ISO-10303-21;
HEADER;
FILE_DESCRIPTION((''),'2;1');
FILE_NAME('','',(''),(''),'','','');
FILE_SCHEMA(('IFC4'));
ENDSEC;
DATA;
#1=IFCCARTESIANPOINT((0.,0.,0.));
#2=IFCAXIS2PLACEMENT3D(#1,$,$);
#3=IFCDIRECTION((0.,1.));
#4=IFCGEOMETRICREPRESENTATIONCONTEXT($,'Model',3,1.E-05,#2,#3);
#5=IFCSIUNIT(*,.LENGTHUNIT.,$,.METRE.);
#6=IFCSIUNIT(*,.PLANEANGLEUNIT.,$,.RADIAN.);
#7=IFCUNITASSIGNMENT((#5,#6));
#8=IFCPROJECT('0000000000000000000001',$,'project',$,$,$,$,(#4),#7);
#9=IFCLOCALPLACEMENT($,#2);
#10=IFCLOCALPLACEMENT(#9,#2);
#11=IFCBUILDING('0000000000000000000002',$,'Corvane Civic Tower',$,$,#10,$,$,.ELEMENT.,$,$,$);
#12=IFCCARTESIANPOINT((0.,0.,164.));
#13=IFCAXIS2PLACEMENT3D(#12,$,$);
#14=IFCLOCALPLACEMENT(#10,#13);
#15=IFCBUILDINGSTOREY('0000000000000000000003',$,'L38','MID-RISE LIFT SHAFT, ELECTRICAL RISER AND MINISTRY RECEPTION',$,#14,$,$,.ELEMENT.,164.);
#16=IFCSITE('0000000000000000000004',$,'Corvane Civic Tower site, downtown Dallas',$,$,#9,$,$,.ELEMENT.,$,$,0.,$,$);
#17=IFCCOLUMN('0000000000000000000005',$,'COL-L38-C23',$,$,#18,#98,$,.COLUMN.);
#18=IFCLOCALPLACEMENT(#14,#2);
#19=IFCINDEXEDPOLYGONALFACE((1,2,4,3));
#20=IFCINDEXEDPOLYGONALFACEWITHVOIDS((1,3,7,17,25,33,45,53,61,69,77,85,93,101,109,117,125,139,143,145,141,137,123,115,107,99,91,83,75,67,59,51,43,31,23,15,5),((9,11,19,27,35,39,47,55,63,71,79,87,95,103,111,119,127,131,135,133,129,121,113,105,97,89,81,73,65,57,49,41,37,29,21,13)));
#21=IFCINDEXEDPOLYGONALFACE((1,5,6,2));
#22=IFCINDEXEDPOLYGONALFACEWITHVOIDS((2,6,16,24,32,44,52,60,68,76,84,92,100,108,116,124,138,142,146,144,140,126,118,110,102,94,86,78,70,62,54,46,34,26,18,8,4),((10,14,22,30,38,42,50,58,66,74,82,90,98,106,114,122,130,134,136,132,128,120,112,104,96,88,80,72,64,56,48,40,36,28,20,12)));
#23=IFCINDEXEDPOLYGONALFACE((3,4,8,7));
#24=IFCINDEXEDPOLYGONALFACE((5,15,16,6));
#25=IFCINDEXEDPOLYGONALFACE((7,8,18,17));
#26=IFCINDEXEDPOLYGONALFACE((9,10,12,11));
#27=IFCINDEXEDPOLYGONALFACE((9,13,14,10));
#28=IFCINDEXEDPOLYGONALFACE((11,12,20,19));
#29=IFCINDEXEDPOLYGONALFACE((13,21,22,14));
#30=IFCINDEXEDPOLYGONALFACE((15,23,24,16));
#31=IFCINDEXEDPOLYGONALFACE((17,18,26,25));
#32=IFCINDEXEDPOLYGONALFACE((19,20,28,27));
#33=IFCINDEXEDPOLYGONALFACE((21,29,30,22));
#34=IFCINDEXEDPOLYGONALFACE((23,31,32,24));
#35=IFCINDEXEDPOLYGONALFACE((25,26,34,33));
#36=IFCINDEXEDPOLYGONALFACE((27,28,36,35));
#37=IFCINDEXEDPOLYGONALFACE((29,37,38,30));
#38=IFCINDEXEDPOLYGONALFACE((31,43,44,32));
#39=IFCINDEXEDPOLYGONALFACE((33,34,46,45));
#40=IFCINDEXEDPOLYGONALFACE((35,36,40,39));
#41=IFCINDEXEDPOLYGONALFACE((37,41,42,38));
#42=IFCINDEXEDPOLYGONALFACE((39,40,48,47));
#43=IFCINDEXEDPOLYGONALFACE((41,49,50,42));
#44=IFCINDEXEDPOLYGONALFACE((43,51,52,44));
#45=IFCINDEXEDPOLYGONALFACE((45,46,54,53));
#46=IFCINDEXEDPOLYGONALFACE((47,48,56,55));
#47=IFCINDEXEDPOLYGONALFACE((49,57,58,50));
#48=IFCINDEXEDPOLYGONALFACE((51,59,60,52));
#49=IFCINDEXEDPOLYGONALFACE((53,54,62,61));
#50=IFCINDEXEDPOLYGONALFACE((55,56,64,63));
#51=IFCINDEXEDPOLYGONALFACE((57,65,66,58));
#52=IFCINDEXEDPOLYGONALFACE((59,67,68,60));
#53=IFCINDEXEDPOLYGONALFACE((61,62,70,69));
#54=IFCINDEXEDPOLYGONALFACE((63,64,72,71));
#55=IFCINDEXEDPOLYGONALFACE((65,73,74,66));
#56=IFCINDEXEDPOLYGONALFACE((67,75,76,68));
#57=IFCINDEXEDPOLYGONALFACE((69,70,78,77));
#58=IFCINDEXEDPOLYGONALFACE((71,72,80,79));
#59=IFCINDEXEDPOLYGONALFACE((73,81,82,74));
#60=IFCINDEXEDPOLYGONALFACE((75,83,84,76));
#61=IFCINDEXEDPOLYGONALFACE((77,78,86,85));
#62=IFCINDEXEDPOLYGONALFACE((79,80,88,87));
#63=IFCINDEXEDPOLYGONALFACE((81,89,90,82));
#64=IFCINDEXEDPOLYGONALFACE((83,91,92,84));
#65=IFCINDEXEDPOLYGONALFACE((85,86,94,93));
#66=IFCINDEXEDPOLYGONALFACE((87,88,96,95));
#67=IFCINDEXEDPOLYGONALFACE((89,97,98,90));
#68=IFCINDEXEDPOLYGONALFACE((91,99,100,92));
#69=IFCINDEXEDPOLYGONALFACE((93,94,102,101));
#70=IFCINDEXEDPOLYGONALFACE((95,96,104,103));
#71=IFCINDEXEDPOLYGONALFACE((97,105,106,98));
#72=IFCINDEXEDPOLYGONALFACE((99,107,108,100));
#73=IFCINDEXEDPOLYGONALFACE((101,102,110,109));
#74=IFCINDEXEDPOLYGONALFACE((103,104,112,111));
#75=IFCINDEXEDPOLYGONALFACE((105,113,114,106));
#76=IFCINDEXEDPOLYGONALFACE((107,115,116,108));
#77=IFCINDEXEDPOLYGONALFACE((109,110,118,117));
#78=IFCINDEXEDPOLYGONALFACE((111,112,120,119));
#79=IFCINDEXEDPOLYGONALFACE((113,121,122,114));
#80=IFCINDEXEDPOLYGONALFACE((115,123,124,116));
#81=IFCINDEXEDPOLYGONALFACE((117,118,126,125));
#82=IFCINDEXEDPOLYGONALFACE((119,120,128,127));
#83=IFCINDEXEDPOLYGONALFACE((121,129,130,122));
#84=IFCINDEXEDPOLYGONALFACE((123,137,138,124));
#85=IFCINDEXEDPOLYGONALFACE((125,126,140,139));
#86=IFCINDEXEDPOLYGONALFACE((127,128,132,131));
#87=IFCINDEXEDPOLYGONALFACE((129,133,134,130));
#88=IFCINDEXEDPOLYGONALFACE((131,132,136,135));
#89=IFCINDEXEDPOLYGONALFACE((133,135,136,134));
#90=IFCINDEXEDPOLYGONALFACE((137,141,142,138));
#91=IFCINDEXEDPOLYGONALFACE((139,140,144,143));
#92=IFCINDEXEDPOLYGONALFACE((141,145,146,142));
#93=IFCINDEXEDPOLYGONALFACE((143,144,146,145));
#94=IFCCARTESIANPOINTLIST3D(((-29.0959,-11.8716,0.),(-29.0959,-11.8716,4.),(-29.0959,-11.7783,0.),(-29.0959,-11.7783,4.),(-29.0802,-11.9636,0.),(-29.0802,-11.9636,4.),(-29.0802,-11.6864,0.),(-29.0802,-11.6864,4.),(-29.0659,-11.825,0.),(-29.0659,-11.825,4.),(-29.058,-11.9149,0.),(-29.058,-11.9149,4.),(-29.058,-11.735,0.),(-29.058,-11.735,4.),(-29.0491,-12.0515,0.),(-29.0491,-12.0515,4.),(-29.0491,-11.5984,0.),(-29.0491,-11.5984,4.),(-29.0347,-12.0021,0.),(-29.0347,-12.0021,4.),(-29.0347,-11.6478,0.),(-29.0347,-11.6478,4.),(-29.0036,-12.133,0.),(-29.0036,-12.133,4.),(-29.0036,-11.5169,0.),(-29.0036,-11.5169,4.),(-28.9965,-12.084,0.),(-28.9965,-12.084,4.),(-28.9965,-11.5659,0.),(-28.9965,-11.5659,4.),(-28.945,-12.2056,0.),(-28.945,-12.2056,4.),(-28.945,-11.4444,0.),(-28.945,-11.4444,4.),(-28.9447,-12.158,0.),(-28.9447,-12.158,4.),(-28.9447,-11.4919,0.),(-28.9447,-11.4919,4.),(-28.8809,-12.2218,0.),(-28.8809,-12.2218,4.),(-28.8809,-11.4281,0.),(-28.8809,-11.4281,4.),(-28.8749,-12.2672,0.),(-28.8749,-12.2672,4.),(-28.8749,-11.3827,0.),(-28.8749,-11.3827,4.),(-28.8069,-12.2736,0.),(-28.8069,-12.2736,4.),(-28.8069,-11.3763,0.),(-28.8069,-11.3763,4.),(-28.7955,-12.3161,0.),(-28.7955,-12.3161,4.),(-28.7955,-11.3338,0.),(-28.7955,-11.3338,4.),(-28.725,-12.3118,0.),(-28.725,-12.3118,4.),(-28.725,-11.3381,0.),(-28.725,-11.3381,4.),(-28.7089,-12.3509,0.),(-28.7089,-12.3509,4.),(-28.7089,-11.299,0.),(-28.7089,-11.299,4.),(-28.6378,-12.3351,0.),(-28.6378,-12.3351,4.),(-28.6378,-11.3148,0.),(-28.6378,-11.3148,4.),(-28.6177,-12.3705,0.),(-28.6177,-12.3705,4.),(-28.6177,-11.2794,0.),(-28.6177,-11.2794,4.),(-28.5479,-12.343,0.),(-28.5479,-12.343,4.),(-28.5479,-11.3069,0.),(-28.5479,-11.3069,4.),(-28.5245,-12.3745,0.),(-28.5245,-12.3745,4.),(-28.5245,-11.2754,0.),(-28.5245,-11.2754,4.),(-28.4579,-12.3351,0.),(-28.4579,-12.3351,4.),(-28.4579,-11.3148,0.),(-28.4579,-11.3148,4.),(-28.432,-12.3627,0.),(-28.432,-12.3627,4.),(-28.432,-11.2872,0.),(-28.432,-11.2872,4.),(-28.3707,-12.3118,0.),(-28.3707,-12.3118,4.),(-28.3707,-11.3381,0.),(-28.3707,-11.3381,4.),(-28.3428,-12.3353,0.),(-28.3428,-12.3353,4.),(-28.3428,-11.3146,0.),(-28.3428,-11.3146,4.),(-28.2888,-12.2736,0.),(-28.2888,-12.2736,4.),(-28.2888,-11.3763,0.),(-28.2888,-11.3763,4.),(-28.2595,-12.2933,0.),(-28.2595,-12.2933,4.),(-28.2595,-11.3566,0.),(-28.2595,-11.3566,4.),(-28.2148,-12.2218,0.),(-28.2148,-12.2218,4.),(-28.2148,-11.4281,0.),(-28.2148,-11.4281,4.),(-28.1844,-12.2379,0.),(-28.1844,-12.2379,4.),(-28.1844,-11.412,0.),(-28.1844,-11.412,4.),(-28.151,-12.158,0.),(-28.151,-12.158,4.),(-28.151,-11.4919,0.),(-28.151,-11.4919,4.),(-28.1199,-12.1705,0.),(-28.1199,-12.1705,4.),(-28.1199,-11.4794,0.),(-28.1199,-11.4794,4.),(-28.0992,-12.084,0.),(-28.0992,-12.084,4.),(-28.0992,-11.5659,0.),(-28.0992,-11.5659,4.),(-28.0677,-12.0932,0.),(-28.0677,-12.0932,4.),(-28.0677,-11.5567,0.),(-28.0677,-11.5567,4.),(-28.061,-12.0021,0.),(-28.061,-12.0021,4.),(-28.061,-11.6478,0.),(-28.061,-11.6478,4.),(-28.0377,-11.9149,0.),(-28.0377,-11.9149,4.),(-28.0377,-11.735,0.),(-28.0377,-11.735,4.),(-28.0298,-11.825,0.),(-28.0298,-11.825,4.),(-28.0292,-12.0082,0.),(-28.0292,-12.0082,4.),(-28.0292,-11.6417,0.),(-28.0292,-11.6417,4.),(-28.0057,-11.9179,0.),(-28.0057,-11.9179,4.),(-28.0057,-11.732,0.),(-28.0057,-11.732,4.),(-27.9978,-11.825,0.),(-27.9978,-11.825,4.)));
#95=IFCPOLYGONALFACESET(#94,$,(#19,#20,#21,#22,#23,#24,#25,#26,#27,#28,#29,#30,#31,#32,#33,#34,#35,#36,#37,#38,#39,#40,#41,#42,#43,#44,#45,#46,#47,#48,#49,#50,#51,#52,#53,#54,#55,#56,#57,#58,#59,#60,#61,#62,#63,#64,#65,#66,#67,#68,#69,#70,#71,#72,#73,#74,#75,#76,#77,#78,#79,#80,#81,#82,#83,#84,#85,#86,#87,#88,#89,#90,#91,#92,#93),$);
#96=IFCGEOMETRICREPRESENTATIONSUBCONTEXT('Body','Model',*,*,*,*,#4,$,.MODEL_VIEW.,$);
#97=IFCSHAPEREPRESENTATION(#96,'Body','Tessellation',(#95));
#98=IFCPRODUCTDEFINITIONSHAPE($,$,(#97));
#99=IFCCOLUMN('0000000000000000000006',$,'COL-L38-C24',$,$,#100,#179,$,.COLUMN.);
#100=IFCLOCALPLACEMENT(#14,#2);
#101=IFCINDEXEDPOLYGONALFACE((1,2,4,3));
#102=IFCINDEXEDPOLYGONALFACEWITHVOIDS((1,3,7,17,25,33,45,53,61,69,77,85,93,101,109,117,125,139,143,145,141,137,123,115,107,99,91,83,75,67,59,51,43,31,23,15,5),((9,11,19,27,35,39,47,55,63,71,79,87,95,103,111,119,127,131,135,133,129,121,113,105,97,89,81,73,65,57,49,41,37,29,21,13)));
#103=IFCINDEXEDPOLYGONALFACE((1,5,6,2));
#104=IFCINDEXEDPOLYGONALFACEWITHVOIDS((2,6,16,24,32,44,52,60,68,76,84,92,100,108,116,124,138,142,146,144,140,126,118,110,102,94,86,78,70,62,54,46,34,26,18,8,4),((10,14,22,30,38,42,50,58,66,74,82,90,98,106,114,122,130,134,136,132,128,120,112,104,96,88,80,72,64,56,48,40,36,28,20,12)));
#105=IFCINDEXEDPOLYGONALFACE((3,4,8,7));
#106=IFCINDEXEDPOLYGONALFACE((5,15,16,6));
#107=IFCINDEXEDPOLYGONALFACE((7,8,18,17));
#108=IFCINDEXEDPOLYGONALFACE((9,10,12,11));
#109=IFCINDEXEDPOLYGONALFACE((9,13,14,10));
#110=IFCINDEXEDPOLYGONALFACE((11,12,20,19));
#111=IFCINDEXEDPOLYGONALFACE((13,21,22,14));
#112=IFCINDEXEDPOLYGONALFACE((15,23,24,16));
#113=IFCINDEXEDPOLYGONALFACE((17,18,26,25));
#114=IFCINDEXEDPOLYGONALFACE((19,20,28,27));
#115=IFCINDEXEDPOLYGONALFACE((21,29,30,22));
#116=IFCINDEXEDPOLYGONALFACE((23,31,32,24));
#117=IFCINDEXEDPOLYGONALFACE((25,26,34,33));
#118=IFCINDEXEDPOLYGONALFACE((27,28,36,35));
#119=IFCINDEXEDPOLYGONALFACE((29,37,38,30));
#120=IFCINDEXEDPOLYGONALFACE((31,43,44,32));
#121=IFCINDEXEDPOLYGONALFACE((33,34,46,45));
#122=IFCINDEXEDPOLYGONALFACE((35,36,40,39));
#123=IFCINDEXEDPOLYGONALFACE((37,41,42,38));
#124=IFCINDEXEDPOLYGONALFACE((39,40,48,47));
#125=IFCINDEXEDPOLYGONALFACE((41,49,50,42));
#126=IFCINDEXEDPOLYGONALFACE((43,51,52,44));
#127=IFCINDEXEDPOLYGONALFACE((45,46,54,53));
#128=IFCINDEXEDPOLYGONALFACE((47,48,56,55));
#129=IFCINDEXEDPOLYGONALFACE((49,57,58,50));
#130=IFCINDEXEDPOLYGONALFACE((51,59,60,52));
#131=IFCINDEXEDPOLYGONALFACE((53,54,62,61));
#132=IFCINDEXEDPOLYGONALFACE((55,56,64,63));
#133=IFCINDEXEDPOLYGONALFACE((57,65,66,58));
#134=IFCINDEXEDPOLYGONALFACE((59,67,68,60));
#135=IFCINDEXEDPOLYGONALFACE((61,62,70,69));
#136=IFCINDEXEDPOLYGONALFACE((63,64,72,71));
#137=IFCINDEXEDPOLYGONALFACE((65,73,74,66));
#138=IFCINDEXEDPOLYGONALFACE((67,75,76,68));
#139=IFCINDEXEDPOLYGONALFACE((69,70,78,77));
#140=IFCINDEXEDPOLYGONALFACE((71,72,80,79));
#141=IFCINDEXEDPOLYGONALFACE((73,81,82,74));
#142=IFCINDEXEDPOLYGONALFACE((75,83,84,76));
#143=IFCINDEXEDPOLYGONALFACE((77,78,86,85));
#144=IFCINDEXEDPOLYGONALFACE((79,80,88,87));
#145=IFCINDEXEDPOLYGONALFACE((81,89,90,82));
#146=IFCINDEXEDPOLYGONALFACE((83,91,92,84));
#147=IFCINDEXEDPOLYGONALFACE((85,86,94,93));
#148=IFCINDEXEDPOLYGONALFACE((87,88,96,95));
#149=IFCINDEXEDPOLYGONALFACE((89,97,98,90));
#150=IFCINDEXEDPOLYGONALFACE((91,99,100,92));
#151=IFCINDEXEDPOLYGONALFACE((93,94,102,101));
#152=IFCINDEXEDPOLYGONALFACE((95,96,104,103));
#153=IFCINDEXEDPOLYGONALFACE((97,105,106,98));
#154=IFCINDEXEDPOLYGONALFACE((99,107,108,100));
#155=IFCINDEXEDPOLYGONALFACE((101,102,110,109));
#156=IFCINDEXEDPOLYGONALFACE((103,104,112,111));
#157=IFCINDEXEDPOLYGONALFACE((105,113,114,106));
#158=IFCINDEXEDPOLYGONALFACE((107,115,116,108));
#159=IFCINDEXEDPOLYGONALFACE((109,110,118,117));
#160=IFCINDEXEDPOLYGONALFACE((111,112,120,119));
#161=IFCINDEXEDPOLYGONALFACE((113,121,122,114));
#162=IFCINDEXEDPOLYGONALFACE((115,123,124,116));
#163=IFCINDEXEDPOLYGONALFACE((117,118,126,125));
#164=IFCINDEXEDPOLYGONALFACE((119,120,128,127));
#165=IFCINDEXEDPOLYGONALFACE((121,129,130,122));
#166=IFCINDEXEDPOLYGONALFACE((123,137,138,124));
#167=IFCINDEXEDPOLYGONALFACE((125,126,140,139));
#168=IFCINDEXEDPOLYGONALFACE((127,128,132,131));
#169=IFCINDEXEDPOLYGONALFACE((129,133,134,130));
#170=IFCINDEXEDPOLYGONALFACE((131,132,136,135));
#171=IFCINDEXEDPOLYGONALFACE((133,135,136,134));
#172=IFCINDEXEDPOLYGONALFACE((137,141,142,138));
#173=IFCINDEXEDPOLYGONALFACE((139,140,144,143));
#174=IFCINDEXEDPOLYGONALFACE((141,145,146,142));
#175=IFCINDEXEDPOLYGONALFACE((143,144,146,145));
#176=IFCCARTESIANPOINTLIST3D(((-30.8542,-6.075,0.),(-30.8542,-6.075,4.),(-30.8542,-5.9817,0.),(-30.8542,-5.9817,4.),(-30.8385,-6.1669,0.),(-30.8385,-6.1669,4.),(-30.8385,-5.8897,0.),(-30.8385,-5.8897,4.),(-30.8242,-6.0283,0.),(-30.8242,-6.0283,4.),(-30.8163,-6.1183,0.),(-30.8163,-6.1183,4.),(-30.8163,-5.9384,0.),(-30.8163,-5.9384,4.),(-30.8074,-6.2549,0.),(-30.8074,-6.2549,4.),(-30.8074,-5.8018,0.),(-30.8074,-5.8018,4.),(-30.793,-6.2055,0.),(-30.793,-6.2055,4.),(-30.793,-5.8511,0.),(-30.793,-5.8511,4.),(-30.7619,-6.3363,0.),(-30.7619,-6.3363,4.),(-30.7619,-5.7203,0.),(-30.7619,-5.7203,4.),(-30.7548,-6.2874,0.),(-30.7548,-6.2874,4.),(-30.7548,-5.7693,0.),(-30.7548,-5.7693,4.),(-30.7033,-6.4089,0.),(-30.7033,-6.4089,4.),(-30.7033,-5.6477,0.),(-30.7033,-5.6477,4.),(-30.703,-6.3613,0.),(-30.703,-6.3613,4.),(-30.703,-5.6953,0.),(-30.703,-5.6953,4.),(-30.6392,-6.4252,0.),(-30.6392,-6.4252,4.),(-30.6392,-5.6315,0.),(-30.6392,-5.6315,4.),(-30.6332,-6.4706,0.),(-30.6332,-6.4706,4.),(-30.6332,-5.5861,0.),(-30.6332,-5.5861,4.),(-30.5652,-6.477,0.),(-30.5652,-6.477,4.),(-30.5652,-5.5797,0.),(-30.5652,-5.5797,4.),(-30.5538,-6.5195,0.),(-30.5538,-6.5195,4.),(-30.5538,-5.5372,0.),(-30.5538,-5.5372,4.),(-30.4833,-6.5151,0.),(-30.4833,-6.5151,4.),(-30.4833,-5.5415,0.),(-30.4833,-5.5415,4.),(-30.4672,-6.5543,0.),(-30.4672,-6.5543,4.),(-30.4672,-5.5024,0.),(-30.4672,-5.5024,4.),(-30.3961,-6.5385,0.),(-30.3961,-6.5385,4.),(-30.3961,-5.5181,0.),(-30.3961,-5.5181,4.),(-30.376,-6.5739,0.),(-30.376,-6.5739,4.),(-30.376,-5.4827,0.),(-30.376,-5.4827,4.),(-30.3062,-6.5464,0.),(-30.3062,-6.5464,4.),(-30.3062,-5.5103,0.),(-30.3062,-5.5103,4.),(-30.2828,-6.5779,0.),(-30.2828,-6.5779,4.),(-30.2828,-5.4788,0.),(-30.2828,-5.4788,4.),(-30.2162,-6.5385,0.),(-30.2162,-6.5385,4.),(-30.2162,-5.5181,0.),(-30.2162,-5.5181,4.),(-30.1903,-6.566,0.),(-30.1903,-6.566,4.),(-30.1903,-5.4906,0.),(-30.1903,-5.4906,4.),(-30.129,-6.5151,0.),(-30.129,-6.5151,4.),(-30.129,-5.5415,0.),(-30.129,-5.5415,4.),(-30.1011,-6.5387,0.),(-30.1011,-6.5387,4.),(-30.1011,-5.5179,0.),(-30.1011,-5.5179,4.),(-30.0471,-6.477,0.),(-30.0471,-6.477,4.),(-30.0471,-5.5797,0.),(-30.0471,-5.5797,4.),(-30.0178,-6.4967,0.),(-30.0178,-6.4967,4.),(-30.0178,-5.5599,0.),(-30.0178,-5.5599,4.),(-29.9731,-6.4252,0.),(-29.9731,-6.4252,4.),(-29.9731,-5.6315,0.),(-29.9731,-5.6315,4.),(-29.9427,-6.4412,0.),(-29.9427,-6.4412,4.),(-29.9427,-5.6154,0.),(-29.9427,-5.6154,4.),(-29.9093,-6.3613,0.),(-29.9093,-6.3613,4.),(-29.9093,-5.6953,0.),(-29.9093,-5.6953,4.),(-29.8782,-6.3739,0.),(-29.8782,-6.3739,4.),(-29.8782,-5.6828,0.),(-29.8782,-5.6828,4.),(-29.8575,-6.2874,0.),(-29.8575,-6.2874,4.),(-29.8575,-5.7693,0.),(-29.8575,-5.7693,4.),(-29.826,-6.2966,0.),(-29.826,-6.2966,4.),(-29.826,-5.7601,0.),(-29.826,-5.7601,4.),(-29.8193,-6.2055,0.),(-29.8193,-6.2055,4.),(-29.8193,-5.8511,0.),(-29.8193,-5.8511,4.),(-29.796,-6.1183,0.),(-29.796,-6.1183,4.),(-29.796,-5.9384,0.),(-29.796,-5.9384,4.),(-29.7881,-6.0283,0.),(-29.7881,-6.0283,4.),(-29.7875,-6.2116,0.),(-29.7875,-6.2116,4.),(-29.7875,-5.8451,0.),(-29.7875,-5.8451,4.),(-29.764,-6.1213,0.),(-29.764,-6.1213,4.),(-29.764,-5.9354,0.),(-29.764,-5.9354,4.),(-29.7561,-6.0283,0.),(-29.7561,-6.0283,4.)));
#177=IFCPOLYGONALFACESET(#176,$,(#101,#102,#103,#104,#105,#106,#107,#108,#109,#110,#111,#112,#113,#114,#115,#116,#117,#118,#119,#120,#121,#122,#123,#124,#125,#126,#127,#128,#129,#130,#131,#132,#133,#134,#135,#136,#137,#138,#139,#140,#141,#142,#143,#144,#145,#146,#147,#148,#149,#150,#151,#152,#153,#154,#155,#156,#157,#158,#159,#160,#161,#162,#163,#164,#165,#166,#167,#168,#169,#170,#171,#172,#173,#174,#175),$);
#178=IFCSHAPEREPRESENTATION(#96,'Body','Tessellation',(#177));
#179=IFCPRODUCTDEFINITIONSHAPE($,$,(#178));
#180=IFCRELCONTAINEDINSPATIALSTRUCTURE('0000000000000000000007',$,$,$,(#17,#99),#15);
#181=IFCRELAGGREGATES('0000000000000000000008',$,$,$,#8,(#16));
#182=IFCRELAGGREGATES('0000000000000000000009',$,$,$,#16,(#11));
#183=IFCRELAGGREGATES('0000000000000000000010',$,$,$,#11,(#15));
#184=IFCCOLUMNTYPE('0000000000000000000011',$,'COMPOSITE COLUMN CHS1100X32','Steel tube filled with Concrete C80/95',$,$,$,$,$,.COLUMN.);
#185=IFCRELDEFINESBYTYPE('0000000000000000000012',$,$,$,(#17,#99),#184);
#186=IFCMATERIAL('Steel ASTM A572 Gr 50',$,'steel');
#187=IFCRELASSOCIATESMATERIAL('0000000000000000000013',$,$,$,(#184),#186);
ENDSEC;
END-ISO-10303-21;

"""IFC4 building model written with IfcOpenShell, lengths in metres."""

from ifc_helpers import new_model, si_unit, direction, frame, origin, origin_2d, place, context, subcontext, project, spatial, hollow_circle, extrude, material, material_profile, profile_set, type_object, element, save


model = new_model("IFC4")

# Units and contexts
model_context = context("Model", 3, precision=1e-05, world=origin(), true_north=direction((0.0, 1.0)))
body_context = subcontext(model_context, "Body", "Model", "MODEL_VIEW")
ifc_project = project(units=[si_unit("LENGTHUNIT", "METRE"), si_unit("PLANEANGLEUNIT", "RADIAN")], contexts=[model_context])

# Site, building, storey
site_placement = place(None, origin())
site = spatial("IfcSite", under=ifc_project, at=site_placement, Name="Corvane Civic Tower site, downtown Dallas", CompositionType="ELEMENT", RefElevation=0.0)
building_placement = place(site_placement, origin())
building = spatial("IfcBuilding", under=site, at=building_placement, Name="Corvane Civic Tower", CompositionType="ELEMENT")
storey_placement = place(building_placement, frame((0.0, 0.0, 164.0)))
storey = spatial("IfcBuildingStorey", under=building, at=storey_placement, Name="L38", Description="MID-RISE LIFT SHAFT, ELECTRICAL RISER AND MINISTRY RECEPTION", CompositionType="ELEMENT", Elevation=164.0)

# Columns
ifc_material_1 = material(Name="Steel ASTM A572 Gr 50", Category="steel")
ifc_material_profile_1 = material_profile(ifc_material_1, hollow_circle(Radius=0.55, WallThickness=0.032, at=origin_2d()), Name="CHS1100X32")
ifc_profile_set_1 = profile_set([ifc_material_profile_1], Name="Steel ASTM A572 Gr 50")
column_type = type_object("IfcColumnType", Name="COMPOSITE COLUMN CHS1100X32", Description="Steel tube filled with Concrete C80/95", PredefinedType="COLUMN", material=ifc_profile_set_1)
for number, where, z_axis, x_axis, name in (
    (1, (-28.5479, -11.825, 0.0), (0.0, 0.0, 1.0), (1.0, 0.0, 0.0), "COL-L38-C23"),
    (2, (-30.3062, -6.0283, 0.0), (0.0, 0.0, 1.0), (1.0, 0.0, 0.0), "COL-L38-C24"),
):
    element("IfcColumn", number, at=place(storey_placement, frame(where, z_axis=z_axis, x_axis=x_axis)), inside=storey, type_object=column_type, Name=name, PredefinedType="COLUMN", context=body_context, shape_type="SweptSolid", body=[
        extrude(hollow_circle(Radius=0.55, WallThickness=0.032, at=origin_2d()), origin(), (0.0, 0.0, 1.0), 4.0),
    ])

save(model, "model.ifc")
